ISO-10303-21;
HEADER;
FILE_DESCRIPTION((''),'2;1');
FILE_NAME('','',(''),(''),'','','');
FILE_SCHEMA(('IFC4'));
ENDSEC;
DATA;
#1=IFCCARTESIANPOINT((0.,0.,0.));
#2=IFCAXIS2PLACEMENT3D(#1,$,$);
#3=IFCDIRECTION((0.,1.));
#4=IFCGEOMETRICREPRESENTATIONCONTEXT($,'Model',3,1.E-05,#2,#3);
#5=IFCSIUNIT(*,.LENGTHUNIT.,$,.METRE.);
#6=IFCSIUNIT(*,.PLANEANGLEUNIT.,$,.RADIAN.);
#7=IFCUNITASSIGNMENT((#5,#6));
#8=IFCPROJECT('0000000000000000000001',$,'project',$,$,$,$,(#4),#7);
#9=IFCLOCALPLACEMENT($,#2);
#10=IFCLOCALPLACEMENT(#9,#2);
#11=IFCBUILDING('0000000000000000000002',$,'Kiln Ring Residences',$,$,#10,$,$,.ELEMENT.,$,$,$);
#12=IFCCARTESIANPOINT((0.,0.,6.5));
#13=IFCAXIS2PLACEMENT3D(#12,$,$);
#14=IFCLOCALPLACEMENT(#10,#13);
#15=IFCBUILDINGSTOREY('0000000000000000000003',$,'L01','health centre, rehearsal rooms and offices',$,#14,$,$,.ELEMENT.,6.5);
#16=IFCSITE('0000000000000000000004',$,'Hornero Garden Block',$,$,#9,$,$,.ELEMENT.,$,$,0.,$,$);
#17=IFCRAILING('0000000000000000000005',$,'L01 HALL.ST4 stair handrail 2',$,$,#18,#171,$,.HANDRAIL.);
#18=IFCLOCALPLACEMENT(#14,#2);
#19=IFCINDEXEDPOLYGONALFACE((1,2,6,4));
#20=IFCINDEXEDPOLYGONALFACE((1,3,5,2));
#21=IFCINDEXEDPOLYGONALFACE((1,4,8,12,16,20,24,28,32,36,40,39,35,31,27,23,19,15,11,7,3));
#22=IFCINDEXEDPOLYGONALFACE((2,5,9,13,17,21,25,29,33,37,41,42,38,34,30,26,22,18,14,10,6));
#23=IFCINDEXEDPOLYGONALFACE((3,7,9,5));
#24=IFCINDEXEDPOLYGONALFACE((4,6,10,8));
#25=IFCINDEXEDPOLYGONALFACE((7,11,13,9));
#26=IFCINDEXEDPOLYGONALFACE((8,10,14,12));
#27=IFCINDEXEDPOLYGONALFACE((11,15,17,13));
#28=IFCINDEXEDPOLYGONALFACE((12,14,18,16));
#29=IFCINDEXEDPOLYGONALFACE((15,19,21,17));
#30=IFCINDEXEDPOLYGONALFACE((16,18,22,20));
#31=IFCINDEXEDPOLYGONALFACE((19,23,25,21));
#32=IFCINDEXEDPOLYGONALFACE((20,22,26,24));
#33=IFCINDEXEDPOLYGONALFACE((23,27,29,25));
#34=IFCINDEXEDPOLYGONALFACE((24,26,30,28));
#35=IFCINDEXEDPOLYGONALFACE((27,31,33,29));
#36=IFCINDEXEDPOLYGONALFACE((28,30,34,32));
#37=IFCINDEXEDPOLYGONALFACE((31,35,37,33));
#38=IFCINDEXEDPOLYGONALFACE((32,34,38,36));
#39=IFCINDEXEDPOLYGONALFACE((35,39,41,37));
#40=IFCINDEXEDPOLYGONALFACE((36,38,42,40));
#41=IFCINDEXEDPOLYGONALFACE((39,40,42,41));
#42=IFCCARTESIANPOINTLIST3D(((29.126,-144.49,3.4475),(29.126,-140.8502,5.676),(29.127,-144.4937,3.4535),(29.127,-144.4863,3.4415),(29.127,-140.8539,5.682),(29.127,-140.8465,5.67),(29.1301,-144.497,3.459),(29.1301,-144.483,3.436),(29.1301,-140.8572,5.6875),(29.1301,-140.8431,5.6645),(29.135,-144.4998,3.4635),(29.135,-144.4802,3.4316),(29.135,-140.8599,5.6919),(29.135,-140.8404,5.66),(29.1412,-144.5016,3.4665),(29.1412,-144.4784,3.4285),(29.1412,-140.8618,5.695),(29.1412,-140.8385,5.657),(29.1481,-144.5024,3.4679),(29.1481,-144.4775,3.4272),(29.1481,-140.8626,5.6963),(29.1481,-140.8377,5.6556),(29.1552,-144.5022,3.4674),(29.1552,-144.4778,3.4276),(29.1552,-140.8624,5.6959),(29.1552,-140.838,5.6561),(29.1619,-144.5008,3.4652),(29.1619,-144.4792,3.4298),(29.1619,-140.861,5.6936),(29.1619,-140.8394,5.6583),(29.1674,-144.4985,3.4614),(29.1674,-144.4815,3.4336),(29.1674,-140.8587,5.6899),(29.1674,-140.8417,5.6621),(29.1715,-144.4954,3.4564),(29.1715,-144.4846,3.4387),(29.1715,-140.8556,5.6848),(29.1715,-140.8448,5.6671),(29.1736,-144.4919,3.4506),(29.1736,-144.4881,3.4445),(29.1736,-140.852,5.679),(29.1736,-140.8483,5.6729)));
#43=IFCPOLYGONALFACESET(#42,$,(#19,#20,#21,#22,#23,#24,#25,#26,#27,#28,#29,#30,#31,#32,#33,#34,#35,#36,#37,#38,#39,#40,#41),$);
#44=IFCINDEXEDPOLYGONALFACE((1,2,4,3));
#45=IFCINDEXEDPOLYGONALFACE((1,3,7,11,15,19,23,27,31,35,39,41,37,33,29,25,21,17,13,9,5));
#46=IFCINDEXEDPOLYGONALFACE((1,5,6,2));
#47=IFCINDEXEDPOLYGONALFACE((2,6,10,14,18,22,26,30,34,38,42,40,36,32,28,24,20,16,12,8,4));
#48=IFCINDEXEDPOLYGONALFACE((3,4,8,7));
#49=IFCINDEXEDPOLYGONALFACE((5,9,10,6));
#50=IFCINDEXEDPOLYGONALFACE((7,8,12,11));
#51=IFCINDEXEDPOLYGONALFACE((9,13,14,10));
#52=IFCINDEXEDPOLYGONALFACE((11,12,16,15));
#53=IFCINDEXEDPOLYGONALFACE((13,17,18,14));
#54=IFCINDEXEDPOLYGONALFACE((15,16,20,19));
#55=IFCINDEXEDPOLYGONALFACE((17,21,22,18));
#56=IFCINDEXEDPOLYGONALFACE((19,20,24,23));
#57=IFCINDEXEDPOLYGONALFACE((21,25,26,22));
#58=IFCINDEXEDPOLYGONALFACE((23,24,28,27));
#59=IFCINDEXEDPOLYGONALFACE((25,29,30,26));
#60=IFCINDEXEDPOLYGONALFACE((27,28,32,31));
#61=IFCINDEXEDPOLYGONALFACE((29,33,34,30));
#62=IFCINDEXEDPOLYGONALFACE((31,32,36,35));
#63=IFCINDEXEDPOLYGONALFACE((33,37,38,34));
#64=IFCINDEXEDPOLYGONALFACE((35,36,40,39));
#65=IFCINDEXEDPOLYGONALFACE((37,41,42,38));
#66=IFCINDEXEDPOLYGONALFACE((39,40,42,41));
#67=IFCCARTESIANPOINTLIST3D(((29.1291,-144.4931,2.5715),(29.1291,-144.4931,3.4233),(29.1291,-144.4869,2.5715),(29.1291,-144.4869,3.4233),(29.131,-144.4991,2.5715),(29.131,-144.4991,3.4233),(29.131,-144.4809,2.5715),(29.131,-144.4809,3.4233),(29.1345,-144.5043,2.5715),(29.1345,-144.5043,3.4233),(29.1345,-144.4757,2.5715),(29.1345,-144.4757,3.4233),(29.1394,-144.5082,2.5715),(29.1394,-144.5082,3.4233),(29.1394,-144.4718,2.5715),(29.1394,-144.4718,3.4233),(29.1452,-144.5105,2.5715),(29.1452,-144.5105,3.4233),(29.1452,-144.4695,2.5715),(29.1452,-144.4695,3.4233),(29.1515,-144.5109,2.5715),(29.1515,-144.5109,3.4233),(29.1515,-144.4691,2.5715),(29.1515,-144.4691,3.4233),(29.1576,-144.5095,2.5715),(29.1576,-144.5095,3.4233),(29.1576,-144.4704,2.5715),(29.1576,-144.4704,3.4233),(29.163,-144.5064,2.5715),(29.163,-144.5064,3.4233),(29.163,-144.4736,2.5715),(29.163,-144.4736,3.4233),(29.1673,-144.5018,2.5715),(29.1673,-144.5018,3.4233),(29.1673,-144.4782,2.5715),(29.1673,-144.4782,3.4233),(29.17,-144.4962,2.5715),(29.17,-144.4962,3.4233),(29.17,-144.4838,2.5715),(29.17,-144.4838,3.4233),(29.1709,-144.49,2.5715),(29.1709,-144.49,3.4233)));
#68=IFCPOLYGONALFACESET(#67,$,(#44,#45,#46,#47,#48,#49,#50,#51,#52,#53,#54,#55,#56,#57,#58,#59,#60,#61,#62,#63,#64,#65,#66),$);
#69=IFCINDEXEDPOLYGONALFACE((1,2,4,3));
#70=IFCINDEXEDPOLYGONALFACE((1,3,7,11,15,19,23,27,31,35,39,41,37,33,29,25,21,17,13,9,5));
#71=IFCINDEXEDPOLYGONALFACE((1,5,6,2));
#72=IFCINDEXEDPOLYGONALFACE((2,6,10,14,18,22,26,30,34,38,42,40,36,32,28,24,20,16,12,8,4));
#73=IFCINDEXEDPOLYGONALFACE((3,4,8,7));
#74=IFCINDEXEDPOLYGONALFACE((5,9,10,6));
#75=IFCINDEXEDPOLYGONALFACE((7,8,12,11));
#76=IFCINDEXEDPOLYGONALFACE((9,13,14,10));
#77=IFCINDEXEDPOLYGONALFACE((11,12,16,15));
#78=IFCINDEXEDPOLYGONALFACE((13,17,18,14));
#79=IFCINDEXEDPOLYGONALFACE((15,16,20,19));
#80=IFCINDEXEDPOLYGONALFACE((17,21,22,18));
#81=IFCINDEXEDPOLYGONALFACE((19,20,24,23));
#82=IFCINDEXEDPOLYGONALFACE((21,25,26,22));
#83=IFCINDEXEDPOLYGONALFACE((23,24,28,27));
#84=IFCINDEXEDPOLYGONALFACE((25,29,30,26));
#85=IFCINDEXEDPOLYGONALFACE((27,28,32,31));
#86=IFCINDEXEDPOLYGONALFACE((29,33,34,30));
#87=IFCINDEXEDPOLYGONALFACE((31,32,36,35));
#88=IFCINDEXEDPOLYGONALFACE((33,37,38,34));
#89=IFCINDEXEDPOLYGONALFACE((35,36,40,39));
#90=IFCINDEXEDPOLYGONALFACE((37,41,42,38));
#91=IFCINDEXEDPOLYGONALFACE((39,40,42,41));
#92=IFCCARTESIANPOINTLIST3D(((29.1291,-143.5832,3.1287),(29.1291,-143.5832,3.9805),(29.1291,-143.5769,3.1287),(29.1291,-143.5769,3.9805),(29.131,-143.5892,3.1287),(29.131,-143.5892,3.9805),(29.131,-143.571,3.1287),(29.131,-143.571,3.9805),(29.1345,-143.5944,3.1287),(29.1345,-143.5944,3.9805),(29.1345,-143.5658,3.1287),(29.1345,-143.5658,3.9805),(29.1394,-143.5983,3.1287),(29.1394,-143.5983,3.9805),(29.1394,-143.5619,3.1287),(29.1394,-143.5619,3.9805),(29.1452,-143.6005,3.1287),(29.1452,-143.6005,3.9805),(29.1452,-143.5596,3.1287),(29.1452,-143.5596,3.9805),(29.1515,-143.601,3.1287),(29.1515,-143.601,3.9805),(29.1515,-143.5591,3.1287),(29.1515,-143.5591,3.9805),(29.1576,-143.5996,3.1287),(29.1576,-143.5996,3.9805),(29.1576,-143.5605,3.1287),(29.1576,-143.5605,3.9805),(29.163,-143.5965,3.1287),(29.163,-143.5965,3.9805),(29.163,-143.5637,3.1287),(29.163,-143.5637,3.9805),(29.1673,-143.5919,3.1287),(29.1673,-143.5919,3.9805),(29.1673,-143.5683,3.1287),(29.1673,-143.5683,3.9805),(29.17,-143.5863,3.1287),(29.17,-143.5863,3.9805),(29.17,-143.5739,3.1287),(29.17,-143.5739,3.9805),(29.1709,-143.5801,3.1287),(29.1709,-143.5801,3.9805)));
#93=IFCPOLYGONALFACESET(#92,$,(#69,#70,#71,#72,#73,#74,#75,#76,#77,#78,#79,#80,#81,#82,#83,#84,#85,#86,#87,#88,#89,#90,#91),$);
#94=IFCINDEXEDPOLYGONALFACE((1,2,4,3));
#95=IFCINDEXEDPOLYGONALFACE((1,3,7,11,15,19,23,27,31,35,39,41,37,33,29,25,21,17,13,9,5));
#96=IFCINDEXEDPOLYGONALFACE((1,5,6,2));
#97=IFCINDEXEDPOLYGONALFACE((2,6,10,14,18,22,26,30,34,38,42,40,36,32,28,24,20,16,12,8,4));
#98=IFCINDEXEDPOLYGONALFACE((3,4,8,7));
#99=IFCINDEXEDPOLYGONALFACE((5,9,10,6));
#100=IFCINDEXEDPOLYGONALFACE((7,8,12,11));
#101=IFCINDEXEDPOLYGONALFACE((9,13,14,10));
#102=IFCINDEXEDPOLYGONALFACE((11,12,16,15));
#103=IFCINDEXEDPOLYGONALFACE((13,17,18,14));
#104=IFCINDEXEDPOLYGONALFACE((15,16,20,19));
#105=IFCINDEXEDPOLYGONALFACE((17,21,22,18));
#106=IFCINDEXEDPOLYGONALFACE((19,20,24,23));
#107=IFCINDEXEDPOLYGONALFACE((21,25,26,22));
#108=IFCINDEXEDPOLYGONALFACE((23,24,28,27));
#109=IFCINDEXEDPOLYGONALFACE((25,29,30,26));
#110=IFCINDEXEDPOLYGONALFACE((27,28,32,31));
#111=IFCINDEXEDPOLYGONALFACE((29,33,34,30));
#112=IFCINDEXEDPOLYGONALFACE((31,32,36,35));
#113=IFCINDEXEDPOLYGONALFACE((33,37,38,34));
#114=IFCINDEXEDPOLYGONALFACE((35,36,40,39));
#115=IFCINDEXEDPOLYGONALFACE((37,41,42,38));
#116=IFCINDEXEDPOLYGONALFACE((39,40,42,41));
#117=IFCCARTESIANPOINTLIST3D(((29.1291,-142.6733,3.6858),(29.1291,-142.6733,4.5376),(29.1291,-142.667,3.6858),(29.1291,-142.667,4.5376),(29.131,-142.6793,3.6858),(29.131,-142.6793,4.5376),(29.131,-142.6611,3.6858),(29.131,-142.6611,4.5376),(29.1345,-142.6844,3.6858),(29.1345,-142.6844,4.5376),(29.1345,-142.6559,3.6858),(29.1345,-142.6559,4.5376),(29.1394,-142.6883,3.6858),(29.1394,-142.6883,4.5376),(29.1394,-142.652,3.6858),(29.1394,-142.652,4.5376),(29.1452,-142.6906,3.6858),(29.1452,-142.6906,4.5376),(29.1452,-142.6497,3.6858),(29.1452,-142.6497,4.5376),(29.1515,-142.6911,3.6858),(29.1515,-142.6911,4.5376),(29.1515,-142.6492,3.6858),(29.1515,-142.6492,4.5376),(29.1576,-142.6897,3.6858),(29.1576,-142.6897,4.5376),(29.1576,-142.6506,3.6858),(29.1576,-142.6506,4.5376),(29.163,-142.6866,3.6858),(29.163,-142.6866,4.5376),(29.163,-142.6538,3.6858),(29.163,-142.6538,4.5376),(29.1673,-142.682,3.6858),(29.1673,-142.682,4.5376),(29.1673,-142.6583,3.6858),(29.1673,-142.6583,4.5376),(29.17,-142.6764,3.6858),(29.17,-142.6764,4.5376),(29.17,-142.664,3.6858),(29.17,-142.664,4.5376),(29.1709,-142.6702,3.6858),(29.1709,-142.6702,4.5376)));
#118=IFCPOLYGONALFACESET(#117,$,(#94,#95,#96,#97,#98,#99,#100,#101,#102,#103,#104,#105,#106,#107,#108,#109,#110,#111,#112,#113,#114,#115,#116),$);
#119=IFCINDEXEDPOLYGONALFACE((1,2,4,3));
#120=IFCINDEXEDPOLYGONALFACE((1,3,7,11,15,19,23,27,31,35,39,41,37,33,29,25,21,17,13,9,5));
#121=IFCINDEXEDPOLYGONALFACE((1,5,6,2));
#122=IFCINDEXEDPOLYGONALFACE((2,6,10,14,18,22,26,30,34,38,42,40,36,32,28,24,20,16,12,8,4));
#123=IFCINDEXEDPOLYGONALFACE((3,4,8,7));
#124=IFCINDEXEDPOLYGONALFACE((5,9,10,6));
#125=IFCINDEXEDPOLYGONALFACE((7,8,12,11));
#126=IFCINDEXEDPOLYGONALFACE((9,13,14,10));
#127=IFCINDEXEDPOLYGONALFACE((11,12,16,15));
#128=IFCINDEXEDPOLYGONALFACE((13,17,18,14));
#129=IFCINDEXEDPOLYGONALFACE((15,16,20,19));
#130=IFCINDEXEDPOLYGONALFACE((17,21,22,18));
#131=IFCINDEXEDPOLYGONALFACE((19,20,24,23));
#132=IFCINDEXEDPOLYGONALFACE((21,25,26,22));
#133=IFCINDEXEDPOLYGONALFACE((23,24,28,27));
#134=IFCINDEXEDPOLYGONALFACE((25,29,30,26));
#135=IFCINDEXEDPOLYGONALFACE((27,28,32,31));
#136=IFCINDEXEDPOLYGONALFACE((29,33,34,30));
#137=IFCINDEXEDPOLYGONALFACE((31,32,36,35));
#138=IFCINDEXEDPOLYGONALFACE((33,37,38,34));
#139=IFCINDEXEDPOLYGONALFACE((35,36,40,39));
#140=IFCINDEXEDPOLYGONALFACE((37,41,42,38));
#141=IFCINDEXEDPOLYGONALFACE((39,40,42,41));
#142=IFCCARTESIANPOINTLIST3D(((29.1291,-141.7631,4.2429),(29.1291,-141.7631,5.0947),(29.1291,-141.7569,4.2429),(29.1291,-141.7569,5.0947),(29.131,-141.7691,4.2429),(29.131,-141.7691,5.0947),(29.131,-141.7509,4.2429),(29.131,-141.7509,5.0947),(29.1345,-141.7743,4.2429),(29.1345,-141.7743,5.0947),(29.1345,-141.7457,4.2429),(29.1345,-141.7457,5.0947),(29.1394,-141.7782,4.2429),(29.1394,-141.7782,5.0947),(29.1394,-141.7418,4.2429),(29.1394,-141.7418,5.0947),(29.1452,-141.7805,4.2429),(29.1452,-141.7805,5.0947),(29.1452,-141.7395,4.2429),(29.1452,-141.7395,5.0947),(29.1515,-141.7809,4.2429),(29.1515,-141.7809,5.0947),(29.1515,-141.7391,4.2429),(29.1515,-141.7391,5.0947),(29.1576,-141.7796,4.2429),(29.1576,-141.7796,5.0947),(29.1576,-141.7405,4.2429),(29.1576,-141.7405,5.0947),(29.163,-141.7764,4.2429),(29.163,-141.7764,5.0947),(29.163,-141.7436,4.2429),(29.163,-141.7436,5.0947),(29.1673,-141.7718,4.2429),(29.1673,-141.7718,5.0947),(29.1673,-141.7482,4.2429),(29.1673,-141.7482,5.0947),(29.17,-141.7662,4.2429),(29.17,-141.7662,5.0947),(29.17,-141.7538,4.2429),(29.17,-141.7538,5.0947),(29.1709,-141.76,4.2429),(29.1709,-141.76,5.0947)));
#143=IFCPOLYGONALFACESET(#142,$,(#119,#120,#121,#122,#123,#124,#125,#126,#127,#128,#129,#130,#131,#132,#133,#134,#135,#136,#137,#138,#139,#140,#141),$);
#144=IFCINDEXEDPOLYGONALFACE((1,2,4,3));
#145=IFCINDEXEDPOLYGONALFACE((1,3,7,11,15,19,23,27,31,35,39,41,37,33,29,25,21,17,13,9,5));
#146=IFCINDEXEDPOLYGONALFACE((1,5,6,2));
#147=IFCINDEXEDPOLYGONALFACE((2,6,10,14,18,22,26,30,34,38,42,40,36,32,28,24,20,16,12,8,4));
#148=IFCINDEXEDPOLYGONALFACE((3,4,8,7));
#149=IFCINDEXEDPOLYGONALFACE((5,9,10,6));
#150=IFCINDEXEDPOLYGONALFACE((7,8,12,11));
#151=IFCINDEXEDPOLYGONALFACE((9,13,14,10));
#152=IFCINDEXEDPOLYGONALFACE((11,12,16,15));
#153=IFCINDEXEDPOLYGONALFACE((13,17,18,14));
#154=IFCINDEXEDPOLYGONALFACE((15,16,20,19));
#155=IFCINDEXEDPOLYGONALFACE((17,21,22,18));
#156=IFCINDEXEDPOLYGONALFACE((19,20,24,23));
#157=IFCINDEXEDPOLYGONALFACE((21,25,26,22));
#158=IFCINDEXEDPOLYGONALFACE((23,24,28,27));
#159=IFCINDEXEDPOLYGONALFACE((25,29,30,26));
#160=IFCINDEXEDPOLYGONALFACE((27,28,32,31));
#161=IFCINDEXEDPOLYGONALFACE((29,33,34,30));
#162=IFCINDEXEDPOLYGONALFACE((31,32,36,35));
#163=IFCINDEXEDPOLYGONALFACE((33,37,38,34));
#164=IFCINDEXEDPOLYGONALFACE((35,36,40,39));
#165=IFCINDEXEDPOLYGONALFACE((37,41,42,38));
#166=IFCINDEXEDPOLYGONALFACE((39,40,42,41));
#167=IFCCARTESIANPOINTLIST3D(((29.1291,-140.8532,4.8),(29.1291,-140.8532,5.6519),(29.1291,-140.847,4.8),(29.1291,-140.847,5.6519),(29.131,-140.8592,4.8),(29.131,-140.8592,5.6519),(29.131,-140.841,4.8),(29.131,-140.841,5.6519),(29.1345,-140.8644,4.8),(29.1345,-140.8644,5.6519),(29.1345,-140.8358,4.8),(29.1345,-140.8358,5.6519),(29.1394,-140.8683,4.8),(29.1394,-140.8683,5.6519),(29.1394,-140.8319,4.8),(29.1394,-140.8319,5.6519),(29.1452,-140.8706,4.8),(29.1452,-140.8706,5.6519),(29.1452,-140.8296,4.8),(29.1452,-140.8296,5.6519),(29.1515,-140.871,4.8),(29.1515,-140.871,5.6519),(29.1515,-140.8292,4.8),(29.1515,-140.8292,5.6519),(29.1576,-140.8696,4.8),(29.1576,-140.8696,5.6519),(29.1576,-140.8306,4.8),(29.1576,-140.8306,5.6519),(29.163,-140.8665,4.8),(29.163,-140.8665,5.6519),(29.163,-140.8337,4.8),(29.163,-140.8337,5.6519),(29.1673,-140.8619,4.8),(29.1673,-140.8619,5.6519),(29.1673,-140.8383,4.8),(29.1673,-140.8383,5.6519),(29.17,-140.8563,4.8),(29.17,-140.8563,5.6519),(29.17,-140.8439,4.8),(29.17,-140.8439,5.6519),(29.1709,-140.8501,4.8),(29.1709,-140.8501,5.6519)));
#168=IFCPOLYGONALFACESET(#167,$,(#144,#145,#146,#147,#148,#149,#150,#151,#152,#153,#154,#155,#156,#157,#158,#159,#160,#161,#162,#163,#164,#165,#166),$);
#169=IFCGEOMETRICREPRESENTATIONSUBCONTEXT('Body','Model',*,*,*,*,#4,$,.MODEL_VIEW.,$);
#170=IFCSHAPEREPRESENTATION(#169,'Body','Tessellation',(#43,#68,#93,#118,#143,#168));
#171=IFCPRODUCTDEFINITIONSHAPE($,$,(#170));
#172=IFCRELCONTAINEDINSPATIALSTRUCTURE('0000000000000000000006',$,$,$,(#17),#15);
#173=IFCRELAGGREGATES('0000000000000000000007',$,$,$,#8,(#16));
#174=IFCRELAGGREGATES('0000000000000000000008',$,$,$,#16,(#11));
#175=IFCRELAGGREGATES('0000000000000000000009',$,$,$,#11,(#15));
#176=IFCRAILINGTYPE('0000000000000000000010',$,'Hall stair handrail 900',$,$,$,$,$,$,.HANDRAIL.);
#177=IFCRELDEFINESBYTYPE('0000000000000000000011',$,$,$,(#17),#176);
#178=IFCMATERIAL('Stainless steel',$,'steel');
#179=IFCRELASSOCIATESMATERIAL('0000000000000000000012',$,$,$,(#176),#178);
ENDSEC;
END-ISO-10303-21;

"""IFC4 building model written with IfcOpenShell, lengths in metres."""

from ifc_helpers import new_model, si_unit, direction, frame, origin, origin_2d, place, context, subcontext, project, spatial, circle, extrude, material, type_object, element, save


model = new_model("IFC4")

# Units and contexts
model_context = context("Model", 3, precision=1e-05, world=origin(), true_north=direction((0.0, 1.0)))
body_context = subcontext(model_context, "Body", "Model", "MODEL_VIEW")
ifc_project = project(units=[si_unit("LENGTHUNIT", "METRE"), si_unit("PLANEANGLEUNIT", "RADIAN")], contexts=[model_context])

# Site, building, storey
site_placement = place(None, origin())
site = spatial("IfcSite", under=ifc_project, at=site_placement, Name="Hornero Garden Block", CompositionType="ELEMENT", RefElevation=0.0)
building_placement = place(site_placement, origin())
building = spatial("IfcBuilding", under=site, at=building_placement, Name="Kiln Ring Residences", CompositionType="ELEMENT")
storey_placement = place(building_placement, frame((0.0, 0.0, 6.5)))
storey = spatial("IfcBuildingStorey", under=building, at=storey_placement, Name="L01", Description="health centre, rehearsal rooms and offices", CompositionType="ELEMENT", Elevation=6.5)

# Railing
ifc_material_1 = material(Name="Stainless steel", Category="steel")
railing_type_1 = type_object("IfcRailingType", Name="Hall stair handrail 900", PredefinedType="HANDRAIL", material=ifc_material_1)
railing_1_placement = place(storey_placement, frame((29.1499, -144.49, 2.5715)))
element("IfcRailing", 1, at=railing_1_placement, inside=storey, type_object=railing_type_1, Name="L01 HALL.ST4 stair handrail 2", PredefinedType="HANDRAIL", context=body_context, shape_type="SweptSolid", body=[
    extrude(circle(Radius=0.0239, at=origin_2d()), frame((0.0, 0.0, 0.876), z_axis=(0.0, 0.85285, 0.522156), x_axis=(-1.0, 0.0, 0.0)), (0.0, 0.0, 1.0), 4.2678),
    extrude(circle(Radius=0.021, at=origin_2d()), origin(), (0.0, 0.0, 1.0), 0.8518),
    extrude(circle(Radius=0.021, at=origin_2d()), frame((0.0, 0.9099, 0.5571)), (0.0, 0.0, 1.0), 0.8518),
    extrude(circle(Radius=0.021, at=origin_2d()), frame((0.0, 1.8198, 1.1143)), (0.0, 0.0, 1.0), 0.8518),
    extrude(circle(Radius=0.021, at=origin_2d()), frame((0.0, 2.73, 1.6714)), (0.0, 0.0, 1.0), 0.8518),
    extrude(circle(Radius=0.021, at=origin_2d()), frame((0.0, 3.6399, 2.2285)), (0.0, 0.0, 1.0), 0.8518),
])

save(model, "model.ifc")
